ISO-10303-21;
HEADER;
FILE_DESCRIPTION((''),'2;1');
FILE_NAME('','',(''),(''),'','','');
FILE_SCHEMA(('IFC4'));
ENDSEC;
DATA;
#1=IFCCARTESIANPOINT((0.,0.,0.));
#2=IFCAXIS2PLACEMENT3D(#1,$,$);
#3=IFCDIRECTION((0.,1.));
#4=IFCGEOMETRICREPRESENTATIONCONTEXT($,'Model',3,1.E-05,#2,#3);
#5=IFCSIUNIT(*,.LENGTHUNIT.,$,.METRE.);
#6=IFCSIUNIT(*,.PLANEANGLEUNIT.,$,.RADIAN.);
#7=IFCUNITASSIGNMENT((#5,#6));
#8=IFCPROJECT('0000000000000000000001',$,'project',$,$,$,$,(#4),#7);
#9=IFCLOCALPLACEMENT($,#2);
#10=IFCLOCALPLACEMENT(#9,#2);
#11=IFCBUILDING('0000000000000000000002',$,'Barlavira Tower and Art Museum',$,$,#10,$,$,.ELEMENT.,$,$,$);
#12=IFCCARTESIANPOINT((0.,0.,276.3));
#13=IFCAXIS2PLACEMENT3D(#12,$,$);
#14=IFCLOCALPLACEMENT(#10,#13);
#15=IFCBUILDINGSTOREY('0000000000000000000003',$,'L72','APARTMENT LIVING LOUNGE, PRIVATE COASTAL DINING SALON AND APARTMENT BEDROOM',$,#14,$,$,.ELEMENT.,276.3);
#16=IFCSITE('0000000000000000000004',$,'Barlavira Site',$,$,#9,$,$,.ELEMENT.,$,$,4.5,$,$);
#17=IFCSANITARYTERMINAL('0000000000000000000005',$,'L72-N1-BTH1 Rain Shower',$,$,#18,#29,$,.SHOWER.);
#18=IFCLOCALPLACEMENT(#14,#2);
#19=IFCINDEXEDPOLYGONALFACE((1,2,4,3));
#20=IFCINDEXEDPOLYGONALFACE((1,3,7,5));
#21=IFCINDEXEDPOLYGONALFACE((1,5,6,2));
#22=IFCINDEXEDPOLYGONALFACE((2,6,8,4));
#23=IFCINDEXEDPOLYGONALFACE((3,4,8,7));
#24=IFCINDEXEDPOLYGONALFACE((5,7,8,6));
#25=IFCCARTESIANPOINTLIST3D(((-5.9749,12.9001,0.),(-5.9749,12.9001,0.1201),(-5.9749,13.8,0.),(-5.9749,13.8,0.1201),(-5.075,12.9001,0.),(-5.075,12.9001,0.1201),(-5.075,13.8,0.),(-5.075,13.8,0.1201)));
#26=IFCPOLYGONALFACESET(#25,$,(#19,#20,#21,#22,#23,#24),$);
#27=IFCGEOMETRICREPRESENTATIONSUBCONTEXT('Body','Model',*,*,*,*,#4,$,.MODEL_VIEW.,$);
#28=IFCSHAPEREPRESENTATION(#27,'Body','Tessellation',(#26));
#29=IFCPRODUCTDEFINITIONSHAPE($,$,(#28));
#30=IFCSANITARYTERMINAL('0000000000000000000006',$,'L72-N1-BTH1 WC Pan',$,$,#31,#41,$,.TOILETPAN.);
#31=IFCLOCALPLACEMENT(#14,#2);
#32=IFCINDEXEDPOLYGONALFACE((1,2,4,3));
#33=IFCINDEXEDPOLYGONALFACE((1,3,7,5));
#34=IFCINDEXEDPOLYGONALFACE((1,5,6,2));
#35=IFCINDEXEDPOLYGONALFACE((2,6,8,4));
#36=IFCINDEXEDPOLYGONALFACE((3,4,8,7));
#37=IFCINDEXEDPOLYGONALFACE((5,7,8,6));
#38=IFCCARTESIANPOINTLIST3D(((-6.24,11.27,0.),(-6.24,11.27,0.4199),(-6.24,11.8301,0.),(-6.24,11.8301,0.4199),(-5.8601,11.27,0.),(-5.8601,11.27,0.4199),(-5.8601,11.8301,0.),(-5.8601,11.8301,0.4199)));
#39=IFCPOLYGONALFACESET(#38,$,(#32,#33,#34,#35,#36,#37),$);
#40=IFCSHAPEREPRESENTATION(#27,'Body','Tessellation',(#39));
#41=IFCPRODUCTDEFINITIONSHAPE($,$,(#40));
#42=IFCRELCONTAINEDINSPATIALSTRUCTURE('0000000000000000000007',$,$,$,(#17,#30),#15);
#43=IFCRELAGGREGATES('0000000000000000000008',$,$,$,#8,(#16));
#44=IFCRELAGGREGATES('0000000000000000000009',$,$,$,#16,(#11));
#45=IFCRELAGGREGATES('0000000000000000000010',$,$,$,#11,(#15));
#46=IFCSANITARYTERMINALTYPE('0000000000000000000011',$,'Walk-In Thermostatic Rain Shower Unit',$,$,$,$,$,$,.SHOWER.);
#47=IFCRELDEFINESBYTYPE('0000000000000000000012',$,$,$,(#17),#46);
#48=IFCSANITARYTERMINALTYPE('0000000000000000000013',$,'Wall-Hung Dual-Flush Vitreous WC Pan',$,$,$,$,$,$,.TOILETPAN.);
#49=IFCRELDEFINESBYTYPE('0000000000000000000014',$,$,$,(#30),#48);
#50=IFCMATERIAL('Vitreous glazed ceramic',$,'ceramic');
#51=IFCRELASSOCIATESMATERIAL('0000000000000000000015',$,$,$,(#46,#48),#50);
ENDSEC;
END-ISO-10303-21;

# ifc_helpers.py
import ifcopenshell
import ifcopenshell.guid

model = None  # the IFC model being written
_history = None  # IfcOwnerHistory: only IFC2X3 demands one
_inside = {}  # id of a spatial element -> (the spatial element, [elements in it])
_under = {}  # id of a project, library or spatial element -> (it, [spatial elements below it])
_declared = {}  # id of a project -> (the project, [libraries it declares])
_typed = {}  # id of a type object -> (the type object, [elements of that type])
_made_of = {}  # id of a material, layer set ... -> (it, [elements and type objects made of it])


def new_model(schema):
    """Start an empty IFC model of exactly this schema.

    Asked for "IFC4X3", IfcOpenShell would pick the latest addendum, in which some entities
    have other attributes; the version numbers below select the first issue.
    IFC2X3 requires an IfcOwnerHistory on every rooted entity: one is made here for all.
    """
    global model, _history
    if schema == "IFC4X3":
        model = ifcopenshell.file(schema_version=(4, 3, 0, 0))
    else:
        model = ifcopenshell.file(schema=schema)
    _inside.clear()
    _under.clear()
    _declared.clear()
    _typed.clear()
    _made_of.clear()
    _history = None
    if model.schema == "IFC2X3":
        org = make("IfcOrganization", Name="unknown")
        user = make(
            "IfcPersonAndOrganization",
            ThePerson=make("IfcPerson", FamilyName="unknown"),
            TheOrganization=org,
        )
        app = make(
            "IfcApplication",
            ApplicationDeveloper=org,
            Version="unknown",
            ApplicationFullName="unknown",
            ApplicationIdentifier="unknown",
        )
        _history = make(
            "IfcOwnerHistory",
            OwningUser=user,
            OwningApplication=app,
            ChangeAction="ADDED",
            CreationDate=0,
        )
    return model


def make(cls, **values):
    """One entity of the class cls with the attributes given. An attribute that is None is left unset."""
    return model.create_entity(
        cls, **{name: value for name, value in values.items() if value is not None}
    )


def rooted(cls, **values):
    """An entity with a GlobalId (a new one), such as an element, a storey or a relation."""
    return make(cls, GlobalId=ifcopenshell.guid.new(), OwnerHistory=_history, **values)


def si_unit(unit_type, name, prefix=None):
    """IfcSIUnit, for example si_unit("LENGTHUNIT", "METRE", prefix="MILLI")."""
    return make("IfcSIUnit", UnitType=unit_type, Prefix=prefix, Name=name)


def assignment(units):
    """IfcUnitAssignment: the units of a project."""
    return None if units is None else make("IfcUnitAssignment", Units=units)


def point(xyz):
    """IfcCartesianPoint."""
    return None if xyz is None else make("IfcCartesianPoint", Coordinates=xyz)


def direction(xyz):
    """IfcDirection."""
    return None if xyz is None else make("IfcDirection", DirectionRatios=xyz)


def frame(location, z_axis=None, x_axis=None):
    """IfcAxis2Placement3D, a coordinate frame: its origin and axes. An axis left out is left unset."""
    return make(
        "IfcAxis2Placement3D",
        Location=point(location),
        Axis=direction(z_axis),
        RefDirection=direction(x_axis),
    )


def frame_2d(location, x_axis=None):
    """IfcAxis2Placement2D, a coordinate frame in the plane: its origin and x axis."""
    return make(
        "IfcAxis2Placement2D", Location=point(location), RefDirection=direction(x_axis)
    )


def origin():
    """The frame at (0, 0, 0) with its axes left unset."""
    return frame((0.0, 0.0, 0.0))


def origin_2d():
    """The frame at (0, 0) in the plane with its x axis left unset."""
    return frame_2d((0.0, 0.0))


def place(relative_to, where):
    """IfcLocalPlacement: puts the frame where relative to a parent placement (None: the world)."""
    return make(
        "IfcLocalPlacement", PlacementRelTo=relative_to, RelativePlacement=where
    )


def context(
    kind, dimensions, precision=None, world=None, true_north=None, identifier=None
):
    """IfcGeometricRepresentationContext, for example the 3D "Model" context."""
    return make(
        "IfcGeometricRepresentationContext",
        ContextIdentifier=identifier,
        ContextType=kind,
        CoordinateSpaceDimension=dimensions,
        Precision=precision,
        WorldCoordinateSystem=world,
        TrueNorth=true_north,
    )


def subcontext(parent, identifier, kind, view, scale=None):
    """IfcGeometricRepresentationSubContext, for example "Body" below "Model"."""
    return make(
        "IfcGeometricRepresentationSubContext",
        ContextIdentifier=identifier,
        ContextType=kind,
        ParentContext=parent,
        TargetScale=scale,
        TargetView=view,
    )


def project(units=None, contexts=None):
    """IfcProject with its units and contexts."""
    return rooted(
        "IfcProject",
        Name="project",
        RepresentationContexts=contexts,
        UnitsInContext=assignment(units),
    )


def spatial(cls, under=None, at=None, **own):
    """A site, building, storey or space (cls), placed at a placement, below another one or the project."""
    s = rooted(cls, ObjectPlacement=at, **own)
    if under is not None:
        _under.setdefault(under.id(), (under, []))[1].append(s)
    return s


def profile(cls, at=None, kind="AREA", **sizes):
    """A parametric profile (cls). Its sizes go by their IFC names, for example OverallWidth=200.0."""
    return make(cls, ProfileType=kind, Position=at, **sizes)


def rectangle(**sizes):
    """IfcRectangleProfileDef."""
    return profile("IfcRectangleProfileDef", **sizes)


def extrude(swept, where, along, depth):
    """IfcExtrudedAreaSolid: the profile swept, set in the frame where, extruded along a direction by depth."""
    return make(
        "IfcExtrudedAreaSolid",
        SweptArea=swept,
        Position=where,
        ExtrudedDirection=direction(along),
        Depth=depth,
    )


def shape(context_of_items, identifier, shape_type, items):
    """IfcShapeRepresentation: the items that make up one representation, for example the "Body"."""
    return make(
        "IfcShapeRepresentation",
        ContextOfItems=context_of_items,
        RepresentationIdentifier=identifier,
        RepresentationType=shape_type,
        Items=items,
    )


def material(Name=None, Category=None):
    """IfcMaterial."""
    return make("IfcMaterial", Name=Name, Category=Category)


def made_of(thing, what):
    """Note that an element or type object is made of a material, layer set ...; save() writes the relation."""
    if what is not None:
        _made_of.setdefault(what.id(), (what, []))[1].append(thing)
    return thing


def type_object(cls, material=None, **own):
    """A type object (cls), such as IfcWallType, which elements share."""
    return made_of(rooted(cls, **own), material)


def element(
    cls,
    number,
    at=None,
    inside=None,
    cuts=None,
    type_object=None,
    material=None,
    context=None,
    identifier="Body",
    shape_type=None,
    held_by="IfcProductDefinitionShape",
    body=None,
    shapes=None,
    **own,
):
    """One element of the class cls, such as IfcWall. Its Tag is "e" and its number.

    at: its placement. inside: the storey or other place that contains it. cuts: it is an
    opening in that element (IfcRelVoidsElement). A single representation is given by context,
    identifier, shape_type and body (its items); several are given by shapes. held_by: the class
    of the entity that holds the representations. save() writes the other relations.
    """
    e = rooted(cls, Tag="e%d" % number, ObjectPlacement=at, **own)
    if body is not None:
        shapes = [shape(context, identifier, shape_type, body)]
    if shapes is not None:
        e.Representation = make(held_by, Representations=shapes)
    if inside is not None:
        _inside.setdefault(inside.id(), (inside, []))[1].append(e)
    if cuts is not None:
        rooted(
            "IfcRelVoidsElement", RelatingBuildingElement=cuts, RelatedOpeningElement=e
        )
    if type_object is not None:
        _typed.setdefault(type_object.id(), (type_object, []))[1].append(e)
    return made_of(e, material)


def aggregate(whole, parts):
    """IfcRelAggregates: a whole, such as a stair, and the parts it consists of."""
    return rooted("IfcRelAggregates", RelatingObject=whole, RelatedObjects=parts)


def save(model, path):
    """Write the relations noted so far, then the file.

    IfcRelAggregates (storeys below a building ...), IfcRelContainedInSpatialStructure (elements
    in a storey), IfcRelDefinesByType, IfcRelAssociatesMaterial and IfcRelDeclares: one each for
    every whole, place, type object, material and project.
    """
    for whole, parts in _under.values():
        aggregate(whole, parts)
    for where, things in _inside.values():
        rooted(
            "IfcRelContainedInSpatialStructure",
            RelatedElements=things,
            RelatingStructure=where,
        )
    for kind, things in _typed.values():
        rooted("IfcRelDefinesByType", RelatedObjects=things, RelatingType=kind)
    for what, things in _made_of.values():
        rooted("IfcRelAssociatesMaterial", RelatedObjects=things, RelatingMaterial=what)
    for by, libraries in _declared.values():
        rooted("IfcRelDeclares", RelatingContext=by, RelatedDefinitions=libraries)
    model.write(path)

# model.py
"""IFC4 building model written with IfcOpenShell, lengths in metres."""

from ifc_helpers import new_model, si_unit, direction, frame, origin, origin_2d, place, context, subcontext, project, spatial, rectangle, extrude, material, type_object, element, save


model = new_model("IFC4")

# Units and contexts
model_context = context("Model", 3, precision=1e-05, world=origin(), true_north=direction((0.0, 1.0)))
body_context = subcontext(model_context, "Body", "Model", "MODEL_VIEW")
ifc_project = project(units=[si_unit("LENGTHUNIT", "METRE"), si_unit("PLANEANGLEUNIT", "RADIAN")], contexts=[model_context])

# Site, building, storey
site_placement = place(None, origin())
site = spatial("IfcSite", under=ifc_project, at=site_placement, Name="Barlavira Site", CompositionType="ELEMENT", RefElevation=4.5)
building_placement = place(site_placement, origin())
building = spatial("IfcBuilding", under=site, at=building_placement, Name="Barlavira Tower and Art Museum", CompositionType="ELEMENT")
storey_placement = place(building_placement, frame((0.0, 0.0, 276.3)))
storey = spatial("IfcBuildingStorey", under=building, at=storey_placement, Name="L72", Description="APARTMENT LIVING LOUNGE, PRIVATE COASTAL DINING SALON AND APARTMENT BEDROOM", CompositionType="ELEMENT", Elevation=276.3)

# Sanitary terminals
ifc_material_1 = material(Name="Vitreous glazed ceramic", Category="ceramic")
sanitary_terminal_type_1 = type_object("IfcSanitaryTerminalType", Name="Walk-In Thermostatic Rain Shower Unit", PredefinedType="SHOWER", material=ifc_material_1)
sanitary_terminal_1_placement = place(storey_placement, frame((-5.5249, 13.3501, 0.0), z_axis=(0.0, 0.0, 1.0), x_axis=(1.0, 0.0, 0.0)))
element("IfcSanitaryTerminal", 1, at=sanitary_terminal_1_placement, inside=storey, type_object=sanitary_terminal_type_1, Name="L72-N1-BTH1 Rain Shower", PredefinedType="SHOWER", context=body_context, shape_type="SweptSolid", body=[
    extrude(rectangle(XDim=0.8999, YDim=0.8999, at=origin_2d()), origin(), (0.0, 0.0, 1.0), 0.1201),
])
sanitary_terminal_type_2 = type_object("IfcSanitaryTerminalType", Name="Wall-Hung Dual-Flush Vitreous WC Pan", PredefinedType="TOILETPAN", material=ifc_material_1)
sanitary_terminal_2_placement = place(storey_placement, frame((-6.05, 11.55, 0.0), z_axis=(0.0, 0.0, 1.0), x_axis=(1.0, 0.0, 0.0)))
element("IfcSanitaryTerminal", 2, at=sanitary_terminal_2_placement, inside=storey, type_object=sanitary_terminal_type_2, Name="L72-N1-BTH1 WC Pan", PredefinedType="TOILETPAN", context=body_context, shape_type="SweptSolid", body=[
    extrude(rectangle(XDim=0.3799, YDim=0.5601, at=origin_2d()), origin(), (0.0, 0.0, 1.0), 0.4199),
])

save(model, "model.ifc")
